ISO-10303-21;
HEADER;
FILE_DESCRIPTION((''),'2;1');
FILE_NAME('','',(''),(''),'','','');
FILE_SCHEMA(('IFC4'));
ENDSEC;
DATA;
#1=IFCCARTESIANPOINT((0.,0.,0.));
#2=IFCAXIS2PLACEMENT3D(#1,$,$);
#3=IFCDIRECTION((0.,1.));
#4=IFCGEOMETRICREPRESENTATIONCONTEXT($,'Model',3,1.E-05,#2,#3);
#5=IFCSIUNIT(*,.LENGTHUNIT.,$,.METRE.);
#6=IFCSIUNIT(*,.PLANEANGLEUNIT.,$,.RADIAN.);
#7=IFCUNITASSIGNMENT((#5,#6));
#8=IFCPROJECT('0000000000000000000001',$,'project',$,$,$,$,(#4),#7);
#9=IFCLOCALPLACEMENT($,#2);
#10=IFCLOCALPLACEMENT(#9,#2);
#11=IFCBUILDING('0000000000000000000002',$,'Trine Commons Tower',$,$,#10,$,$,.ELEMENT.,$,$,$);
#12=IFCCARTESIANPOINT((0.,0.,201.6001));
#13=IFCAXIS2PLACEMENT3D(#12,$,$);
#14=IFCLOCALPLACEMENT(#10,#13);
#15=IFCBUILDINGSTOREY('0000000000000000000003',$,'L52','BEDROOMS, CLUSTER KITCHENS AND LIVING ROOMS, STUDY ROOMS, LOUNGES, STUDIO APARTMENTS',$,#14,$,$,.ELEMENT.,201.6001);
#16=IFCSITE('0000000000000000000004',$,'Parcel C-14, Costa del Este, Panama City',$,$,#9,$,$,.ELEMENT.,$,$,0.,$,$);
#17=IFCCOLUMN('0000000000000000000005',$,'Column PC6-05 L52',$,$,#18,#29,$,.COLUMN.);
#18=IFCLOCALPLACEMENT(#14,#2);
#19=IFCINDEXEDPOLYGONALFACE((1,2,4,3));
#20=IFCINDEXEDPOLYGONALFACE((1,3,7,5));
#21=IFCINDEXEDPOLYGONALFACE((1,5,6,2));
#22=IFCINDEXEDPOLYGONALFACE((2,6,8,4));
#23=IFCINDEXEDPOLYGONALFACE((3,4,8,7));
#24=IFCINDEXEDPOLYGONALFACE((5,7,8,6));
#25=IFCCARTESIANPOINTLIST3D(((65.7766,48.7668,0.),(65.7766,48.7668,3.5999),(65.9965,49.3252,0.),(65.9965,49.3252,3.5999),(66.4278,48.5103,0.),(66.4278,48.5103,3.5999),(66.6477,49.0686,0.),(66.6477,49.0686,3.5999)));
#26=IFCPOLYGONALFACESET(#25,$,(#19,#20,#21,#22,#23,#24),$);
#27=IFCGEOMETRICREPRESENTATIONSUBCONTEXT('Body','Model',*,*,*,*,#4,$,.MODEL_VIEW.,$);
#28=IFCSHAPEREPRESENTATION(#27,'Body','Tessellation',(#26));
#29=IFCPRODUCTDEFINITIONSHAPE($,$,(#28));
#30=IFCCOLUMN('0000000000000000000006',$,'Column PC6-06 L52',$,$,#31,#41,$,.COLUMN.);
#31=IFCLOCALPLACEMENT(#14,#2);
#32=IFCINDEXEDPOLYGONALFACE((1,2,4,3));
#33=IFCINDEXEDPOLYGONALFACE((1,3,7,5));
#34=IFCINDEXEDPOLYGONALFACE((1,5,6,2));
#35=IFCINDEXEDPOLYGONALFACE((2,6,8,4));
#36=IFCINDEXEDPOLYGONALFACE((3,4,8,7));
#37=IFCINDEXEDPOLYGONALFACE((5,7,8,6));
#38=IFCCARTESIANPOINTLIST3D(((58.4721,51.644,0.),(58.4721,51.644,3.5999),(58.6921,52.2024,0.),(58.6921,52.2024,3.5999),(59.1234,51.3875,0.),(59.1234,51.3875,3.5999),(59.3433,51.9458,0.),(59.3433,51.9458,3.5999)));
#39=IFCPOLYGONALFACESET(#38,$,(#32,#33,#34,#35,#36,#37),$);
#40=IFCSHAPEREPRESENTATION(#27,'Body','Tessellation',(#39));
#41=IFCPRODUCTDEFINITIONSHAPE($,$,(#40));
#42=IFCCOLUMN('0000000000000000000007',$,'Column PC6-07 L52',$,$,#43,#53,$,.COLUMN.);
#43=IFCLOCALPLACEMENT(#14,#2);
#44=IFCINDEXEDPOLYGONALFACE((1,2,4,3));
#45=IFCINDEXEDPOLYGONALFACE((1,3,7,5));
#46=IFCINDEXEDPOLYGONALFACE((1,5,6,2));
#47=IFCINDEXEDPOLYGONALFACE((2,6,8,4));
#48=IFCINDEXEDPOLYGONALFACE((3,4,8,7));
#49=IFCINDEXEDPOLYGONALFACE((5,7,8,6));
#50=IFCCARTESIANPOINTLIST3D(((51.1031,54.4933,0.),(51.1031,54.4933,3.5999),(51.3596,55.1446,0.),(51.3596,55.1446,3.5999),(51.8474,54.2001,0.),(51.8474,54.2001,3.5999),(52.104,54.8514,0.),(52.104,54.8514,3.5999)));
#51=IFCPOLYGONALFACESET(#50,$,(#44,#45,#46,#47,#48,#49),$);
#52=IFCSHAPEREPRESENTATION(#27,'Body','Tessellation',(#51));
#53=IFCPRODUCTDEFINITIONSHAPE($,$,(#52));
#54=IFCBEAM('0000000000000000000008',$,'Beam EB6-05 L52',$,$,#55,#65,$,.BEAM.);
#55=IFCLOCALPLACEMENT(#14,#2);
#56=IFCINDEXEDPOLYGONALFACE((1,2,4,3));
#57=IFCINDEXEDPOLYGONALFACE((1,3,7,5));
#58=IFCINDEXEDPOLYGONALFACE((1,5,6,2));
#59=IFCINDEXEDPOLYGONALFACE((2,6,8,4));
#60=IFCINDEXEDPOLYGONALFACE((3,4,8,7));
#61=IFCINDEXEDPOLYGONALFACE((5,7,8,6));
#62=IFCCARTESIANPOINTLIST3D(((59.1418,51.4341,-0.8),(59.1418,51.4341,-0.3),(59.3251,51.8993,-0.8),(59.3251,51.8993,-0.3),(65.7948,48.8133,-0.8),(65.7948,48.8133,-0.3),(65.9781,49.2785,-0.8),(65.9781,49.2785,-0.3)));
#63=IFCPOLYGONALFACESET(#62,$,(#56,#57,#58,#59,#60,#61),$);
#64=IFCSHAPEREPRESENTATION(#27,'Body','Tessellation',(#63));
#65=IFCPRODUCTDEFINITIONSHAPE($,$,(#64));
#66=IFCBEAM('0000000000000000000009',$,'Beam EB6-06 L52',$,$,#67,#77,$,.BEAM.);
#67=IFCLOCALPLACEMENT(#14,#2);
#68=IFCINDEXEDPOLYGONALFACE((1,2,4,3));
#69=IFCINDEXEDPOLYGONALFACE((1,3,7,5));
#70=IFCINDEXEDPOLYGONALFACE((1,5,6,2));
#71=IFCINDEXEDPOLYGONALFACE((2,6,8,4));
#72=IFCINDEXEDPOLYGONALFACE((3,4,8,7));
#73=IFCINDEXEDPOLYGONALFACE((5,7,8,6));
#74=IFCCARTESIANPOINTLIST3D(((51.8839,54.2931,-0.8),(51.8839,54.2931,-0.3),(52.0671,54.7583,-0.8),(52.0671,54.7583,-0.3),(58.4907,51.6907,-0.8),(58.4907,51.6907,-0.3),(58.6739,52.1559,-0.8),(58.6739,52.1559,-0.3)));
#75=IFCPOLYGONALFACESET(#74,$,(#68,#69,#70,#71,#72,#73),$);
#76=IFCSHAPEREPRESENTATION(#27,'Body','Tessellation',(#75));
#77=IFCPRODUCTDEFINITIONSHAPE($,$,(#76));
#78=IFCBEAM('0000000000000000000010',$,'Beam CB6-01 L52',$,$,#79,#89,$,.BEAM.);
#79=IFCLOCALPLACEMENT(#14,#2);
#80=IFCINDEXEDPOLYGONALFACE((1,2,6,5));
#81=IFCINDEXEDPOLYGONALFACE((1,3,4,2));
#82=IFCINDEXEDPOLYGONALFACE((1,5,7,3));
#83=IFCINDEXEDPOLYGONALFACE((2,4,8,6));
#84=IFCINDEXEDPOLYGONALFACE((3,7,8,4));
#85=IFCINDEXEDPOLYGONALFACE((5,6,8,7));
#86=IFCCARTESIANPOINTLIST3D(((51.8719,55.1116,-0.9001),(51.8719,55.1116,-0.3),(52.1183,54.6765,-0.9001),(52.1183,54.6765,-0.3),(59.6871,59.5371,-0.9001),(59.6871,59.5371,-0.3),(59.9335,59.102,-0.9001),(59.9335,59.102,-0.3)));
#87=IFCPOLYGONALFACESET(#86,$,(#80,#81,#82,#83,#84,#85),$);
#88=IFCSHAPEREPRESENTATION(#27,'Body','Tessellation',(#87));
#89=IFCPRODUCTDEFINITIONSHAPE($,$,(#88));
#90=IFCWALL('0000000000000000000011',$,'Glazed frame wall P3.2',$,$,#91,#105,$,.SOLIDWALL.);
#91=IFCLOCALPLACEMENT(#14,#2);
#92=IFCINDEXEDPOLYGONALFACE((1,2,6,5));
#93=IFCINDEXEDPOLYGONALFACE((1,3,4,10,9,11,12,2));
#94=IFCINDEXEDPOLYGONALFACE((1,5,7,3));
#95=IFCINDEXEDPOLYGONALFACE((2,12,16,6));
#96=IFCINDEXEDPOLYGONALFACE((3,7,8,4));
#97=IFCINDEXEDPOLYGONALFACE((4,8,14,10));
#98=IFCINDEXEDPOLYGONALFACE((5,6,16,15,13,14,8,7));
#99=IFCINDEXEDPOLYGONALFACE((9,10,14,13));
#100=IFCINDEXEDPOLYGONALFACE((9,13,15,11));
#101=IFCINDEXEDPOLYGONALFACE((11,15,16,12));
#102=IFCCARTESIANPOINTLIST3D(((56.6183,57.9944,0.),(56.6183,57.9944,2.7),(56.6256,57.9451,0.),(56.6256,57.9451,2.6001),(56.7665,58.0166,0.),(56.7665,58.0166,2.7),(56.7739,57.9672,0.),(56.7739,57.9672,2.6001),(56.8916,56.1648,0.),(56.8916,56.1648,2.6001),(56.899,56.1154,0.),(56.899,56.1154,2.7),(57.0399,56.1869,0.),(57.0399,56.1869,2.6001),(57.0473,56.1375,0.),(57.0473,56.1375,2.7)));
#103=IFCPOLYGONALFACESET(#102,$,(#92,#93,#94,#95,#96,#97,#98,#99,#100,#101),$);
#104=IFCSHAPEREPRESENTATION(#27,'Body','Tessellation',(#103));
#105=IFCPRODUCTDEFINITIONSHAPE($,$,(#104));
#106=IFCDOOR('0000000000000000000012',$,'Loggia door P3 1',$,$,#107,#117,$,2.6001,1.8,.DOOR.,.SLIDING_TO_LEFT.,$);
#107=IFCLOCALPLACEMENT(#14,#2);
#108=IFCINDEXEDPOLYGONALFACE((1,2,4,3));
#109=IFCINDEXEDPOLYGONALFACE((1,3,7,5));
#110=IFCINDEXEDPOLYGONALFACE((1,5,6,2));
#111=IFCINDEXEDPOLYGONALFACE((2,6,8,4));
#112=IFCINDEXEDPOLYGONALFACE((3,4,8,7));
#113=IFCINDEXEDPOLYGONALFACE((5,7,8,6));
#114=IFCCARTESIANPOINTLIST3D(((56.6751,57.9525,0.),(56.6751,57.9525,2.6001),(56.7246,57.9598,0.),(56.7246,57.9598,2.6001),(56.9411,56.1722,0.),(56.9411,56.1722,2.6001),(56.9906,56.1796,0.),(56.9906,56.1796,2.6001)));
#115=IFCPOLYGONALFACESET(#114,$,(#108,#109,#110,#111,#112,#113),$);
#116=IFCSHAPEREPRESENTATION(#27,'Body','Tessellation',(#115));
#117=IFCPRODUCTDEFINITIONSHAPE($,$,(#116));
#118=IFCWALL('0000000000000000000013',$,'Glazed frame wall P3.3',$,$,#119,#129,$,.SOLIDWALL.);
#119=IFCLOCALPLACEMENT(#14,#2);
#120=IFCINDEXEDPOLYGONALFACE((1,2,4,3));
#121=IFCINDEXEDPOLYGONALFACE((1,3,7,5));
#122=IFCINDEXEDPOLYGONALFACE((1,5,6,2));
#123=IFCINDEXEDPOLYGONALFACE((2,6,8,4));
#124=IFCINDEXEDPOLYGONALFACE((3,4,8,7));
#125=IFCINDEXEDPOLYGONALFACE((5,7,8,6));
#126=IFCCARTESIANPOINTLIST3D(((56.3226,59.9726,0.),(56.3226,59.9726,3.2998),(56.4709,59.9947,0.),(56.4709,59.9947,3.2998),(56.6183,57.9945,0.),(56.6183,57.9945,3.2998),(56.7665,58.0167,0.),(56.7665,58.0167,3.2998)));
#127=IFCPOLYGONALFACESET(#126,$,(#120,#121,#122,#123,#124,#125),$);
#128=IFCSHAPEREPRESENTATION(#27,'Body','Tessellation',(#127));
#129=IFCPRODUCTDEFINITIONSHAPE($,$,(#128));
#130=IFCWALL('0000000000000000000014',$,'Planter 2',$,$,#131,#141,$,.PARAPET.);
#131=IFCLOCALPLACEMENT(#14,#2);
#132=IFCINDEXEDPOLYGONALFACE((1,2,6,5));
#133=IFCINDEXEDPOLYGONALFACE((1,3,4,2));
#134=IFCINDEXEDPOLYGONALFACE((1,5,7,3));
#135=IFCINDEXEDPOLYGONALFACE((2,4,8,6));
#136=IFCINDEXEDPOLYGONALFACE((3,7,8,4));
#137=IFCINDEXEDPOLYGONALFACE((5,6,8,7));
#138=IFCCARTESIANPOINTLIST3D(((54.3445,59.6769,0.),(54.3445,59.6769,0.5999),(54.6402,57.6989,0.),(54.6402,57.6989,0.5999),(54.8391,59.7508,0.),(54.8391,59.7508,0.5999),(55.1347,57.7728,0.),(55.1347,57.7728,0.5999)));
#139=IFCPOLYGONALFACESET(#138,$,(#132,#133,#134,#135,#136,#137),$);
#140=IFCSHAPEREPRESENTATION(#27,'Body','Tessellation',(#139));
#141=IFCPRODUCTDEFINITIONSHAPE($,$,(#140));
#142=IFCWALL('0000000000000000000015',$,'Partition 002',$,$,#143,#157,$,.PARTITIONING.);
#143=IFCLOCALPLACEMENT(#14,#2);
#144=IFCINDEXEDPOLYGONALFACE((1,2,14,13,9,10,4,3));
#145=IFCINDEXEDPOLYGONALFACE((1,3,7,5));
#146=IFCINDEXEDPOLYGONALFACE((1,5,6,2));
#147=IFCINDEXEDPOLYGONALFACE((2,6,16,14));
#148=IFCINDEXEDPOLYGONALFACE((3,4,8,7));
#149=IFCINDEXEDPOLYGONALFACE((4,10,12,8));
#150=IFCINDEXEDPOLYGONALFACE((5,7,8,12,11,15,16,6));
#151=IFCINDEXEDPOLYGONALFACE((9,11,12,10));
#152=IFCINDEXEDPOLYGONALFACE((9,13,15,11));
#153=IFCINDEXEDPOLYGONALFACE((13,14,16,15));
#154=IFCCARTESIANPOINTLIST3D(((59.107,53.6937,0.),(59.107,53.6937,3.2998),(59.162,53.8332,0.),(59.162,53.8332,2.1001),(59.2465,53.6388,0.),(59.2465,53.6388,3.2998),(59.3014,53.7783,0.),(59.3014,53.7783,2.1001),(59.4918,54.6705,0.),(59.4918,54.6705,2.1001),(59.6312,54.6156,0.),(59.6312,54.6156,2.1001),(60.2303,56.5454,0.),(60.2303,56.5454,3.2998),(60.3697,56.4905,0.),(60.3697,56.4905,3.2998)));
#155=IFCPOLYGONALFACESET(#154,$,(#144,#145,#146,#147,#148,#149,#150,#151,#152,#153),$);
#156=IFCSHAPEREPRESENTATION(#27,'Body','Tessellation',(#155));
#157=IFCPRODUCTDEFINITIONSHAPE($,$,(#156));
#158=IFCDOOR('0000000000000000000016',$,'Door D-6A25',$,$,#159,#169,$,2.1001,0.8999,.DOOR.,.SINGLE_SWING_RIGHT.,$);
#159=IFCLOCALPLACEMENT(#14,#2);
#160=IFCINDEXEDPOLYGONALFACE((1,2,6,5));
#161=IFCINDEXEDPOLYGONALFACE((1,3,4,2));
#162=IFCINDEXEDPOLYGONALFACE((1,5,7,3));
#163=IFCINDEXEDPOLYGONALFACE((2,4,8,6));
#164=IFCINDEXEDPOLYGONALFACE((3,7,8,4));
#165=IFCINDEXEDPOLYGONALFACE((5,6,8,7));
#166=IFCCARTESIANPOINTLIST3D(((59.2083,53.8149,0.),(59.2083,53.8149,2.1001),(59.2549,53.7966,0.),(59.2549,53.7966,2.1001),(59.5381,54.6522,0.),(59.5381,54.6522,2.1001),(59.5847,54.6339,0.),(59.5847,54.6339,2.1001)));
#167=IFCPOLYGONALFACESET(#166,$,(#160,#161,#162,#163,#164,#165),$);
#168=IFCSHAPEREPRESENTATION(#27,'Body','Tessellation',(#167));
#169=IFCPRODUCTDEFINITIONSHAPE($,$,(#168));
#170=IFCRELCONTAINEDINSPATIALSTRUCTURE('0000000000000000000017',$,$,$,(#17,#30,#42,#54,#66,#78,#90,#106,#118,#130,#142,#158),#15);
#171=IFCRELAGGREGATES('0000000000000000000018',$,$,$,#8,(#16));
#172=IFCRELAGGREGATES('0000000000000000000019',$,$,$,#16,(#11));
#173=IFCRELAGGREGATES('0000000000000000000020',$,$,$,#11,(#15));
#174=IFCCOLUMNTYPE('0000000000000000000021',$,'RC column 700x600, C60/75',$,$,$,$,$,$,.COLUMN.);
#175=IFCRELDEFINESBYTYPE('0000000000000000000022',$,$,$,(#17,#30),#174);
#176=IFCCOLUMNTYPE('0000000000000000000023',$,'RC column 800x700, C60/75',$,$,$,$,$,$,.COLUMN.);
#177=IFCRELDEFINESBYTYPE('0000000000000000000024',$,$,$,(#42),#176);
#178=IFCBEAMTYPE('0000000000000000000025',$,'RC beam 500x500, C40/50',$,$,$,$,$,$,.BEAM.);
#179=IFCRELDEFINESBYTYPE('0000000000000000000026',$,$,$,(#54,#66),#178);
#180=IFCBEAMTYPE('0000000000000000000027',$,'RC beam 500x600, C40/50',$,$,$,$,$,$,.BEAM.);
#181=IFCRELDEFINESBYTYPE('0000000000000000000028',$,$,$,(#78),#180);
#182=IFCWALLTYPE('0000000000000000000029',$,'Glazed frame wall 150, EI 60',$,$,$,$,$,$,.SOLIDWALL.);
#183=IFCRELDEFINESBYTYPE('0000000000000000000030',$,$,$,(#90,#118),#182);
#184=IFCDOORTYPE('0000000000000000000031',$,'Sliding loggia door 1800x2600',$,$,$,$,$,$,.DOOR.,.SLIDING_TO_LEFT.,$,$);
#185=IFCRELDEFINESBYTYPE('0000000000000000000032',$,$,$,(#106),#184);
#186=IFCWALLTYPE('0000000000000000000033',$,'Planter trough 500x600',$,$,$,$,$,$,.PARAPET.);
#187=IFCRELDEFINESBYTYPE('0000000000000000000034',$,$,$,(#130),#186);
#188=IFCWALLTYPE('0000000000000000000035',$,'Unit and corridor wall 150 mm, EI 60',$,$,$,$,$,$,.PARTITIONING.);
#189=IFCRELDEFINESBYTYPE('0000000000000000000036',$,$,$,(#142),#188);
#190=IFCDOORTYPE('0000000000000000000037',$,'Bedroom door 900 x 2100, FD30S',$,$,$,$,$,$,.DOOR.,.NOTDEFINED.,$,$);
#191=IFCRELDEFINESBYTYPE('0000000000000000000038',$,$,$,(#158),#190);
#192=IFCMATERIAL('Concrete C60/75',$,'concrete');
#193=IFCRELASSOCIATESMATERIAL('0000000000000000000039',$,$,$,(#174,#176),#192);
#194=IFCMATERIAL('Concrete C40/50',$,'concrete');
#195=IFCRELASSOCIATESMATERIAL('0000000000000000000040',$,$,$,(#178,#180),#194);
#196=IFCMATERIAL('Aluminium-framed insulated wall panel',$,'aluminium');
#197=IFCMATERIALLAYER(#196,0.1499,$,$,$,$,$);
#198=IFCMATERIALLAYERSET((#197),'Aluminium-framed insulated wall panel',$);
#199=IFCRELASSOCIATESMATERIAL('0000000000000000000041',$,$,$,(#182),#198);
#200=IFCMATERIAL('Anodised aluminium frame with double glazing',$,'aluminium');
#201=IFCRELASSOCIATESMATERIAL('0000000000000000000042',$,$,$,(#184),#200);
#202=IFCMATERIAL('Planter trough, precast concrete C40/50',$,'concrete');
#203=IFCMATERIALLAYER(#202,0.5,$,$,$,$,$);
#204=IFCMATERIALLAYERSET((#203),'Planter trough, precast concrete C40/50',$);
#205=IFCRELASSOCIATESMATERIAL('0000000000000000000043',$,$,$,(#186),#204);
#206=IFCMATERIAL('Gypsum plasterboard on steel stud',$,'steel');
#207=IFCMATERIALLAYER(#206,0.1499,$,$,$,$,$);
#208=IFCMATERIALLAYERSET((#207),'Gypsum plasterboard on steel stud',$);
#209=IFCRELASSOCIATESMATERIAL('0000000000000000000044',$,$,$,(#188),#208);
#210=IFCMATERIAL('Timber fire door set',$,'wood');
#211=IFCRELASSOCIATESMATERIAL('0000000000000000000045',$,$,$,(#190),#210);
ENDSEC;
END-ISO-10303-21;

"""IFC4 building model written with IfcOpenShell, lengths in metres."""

from ifc_helpers import new_model, si_unit, direction, frame, frame_2d, origin, origin_2d, place, context, subcontext, project, spatial, polyline, rectangle, outline, extrude, material, layer, layer_set, material_profile, profile_set, type_object, element, fill, save


model = new_model("IFC4")

# Units and contexts
model_context = context("Model", 3, precision=1e-05, world=origin(), true_north=direction((0.0, 1.0)))
body_context = subcontext(model_context, "Body", "Model", "MODEL_VIEW")
ifc_project = project(units=[si_unit("LENGTHUNIT", "METRE"), si_unit("PLANEANGLEUNIT", "RADIAN")], contexts=[model_context])

# Site, building, storey
site_placement = place(None, origin())
site = spatial("IfcSite", under=ifc_project, at=site_placement, Name="Parcel C-14, Costa del Este, Panama City", CompositionType="ELEMENT", RefElevation=0.0)
building_placement = place(site_placement, origin())
building = spatial("IfcBuilding", under=site, at=building_placement, Name="Trine Commons Tower", CompositionType="ELEMENT")
storey_placement = place(building_placement, frame((0.0, 0.0, 201.6001)))
storey = spatial("IfcBuildingStorey", under=building, at=storey_placement, Name="L52", Description="BEDROOMS, CLUSTER KITCHENS AND LIVING ROOMS, STUDY ROOMS, LOUNGES, STUDIO APARTMENTS", CompositionType="ELEMENT", Elevation=201.6001)

# Columns
ifc_material_1 = material(Name="Concrete C60/75", Category="concrete")
ifc_material_profile_1 = material_profile(ifc_material_1, rectangle(XDim=0.7, YDim=0.6001, at=origin_2d()), Name="RC 700x600")
ifc_profile_set_1 = profile_set([ifc_material_profile_1], Name="Concrete C60/75")
column_type_1 = type_object("IfcColumnType", Name="RC column 700x600, C60/75", PredefinedType="COLUMN", material=ifc_profile_set_1)
for number, where, z_axis, x_axis, name in (
    (1, (66.2122, 48.9177, 0.0), (0.0, 0.0, 1.0), (-0.930418, 0.366501, 0.0), "Column PC6-05 L52"),
    (2, (58.9077, 51.7949, 0.0), (0.0, 0.0, 1.0), (-0.930418, 0.366501, 0.0), "Column PC6-06 L52"),
):
    element("IfcColumn", number, at=place(storey_placement, frame(where, z_axis=z_axis, x_axis=x_axis)), inside=storey, type_object=column_type_1, Name=name, PredefinedType="COLUMN", context=body_context, shape_type="SweptSolid", body=[
        extrude(rectangle(XDim=0.7, YDim=0.6001, at=origin_2d()), origin(), (0.0, 0.0, 1.0), 3.5999),
    ])
ifc_material_profile_2 = material_profile(ifc_material_1, rectangle(XDim=0.8, YDim=0.7, at=origin_2d()), Name="RC 800x700")
ifc_profile_set_2 = profile_set([ifc_material_profile_2], Name="Concrete C60/75")
column_type_2 = type_object("IfcColumnType", Name="RC column 800x700, C60/75", PredefinedType="COLUMN", material=ifc_profile_set_2)
column_placement = place(storey_placement, frame((51.6035, 54.6724, 0.0), z_axis=(0.0, 0.0, 1.0), x_axis=(-0.930418, 0.366501, 0.0)))
element("IfcColumn", 3, at=column_placement, inside=storey, type_object=column_type_2, Name="Column PC6-07 L52", PredefinedType="COLUMN", context=body_context, shape_type="SweptSolid", body=[
    extrude(rectangle(XDim=0.8, YDim=0.7, at=origin_2d()), origin(), (0.0, 0.0, 1.0), 3.5999),
])

# Beams
ifc_material_2 = material(Name="Concrete C40/50", Category="concrete")
ifc_material_profile_3 = material_profile(ifc_material_2, rectangle(XDim=0.5, YDim=0.5, at=origin_2d()), Name="RC 500x500")
ifc_profile_set_3 = profile_set([ifc_material_profile_3], Name="Concrete C40/50")
beam_type_1 = type_object("IfcBeamType", Name="RC beam 500x500, C40/50", PredefinedType="BEAM", material=ifc_profile_set_3)
beam_1_placement = place(storey_placement, frame((65.8865, 49.0459, -0.55), z_axis=(-0.930411, 0.366517, 0.0), x_axis=(-0.366517, -0.930411, 0.0)))
element("IfcBeam", 4, at=beam_1_placement, inside=storey, type_object=beam_type_1, Name="Beam EB6-05 L52", PredefinedType="BEAM", context=body_context, shape_type="SweptSolid", body=[
    extrude(rectangle(XDim=0.5, YDim=0.5, at=origin_2d()), origin(), (0.0, 0.0, 1.0), 7.1506),
])
beam_2_placement = place(storey_placement, frame((58.5823, 51.9233, -0.55), z_axis=(-0.930425, 0.366483, 0.0), x_axis=(-0.366483, -0.930425, 0.0)))
element("IfcBeam", 5, at=beam_2_placement, inside=storey, type_object=beam_type_1, Name="Beam EB6-06 L52", PredefinedType="BEAM", context=body_context, shape_type="SweptSolid", body=[
    extrude(rectangle(XDim=0.5, YDim=0.5, at=origin_2d()), origin(), (0.0, 0.0, 1.0), 7.1008),
])
ifc_material_profile_4 = material_profile(ifc_material_2, rectangle(XDim=0.5, YDim=0.6001, at=origin_2d()), Name="RC 500x600")
ifc_profile_set_4 = profile_set([ifc_material_profile_4], Name="Concrete C40/50")
beam_type_2 = type_object("IfcBeamType", Name="RC beam 500x600, C40/50", PredefinedType="BEAM", material=ifc_profile_set_4)
beam_3_placement = place(storey_placement, frame((51.9951, 54.894, -0.6001), z_axis=(0.870169, 0.492754, 0.0), x_axis=(-0.492754, 0.870169, 0.0)))
element("IfcBeam", 6, at=beam_3_placement, inside=storey, type_object=beam_type_2, Name="Beam CB6-01 L52", PredefinedType="BEAM", context=body_context, shape_type="SweptSolid", body=[
    extrude(rectangle(XDim=0.5, YDim=0.6001, at=origin_2d()), origin(), (0.0, 0.0, 1.0), 8.9812),
])

# Shared definitions
ifc_material_3 = material(Name="Aluminium-framed insulated wall panel", Category="aluminium")
ifc_layer_1 = layer(ifc_material_3, 0.1499)
ifc_layer_set_1 = layer_set([ifc_layer_1], Name="Aluminium-framed insulated wall panel")
wall_type_1 = type_object("IfcWallType", Name="Glazed frame wall 150, EI 60", PredefinedType="SOLIDWALL", material=ifc_layer_set_1)

# Wall, opening, door
wall_1_placement = place(storey_placement, frame((56.9731, 56.1265, 0.0), z_axis=(0.0, 0.0, 1.0), x_axis=(-0.147769, 0.989022, 0.0)))
wall_1 = element("IfcWall", 7, at=wall_1_placement, inside=storey, type_object=wall_type_1, Name="Glazed frame wall P3.2", PredefinedType="SOLIDWALL", context=body_context, shape_type="SweptSolid", body=[
    extrude(outline(polyline([(0.0, -0.075), (1.8999, -0.075), (1.8999, 0.075), (0.0, 0.075), (0.0, -0.075)])), origin(), (0.0, 0.0, 1.0), 2.7),
])
opening_1_placement = place(wall_1_placement, frame((0.05, 0.0, 0.0)))
opening_1 = element("IfcOpeningElement", 8, at=opening_1_placement, cuts=wall_1, PredefinedType="OPENING", context=body_context, shape_type="SweptSolid", body=[
    extrude(rectangle(XDim=1.8, YDim=2.6001, at=frame_2d((0.8999, 1.3))), frame((0.0, 0.085, 0.0), z_axis=(0.0, -1.0, 0.0), x_axis=(1.0, 0.0, 0.0)), (0.0, 0.0, 1.0), 0.1699),
])
ifc_material_4 = material(Name="Anodised aluminium frame with double glazing", Category="aluminium")
door_type_1 = type_object("IfcDoorType", Name="Sliding loggia door 1800x2600", OperationType="SLIDING_TO_LEFT", PredefinedType="DOOR", material=ifc_material_4)
door_1_placement = place(opening_1_placement, origin())
door_1 = element("IfcDoor", 9, at=door_1_placement, inside=storey, type_object=door_type_1, Name="Loggia door P3 1", OperationType="SLIDING_TO_LEFT", OverallHeight=2.6001, OverallWidth=1.8, PredefinedType="DOOR", context=body_context, shape_type="SweptSolid", body=[
    extrude(rectangle(XDim=1.8, YDim=2.6001, at=frame_2d((0.8999, 1.3))), frame((0.0, 0.0249, 0.0), z_axis=(0.0, -1.0, 0.0), x_axis=(1.0, 0.0, 0.0)), (0.0, 0.0, 1.0), 0.05),
])
fill(opening_1, door_1)

# Walls
wall_2_placement = place(storey_placement, frame((56.6924, 58.0056, 0.0), z_axis=(0.0, 0.0, 1.0), x_axis=(-0.147827, 0.989013, 0.0)))
element("IfcWall", 10, at=wall_2_placement, inside=storey, type_object=wall_type_1, Name="Glazed frame wall P3.3", PredefinedType="SOLIDWALL", context=body_context, shape_type="SweptSolid", body=[
    extrude(outline(polyline([(0.0, -0.075), (2.0, -0.075), (2.0, 0.075), (0.0, 0.075), (0.0, -0.075)])), origin(), (0.0, 0.0, 1.0), 3.2998),
])
ifc_material_5 = material(Name="Planter trough, precast concrete C40/50", Category="concrete")
ifc_layer_2 = layer(ifc_material_5, 0.5)
ifc_layer_set_2 = layer_set([ifc_layer_2], Name="Planter trough, precast concrete C40/50")
wall_type_2 = type_object("IfcWallType", Name="Planter trough 500x600", PredefinedType="PARAPET", material=ifc_layer_set_2)
wall_3_placement = place(storey_placement, frame((54.8875, 57.7358, 0.0), z_axis=(0.0, 0.0, 1.0), x_axis=(-0.147827, 0.989013, 0.0)))
element("IfcWall", 11, at=wall_3_placement, inside=storey, type_object=wall_type_2, Name="Planter 2", PredefinedType="PARAPET", context=body_context, shape_type="SweptSolid", body=[
    extrude(rectangle(XDim=2.0, YDim=0.5, at=frame_2d((1.0, 0.0))), origin(), (0.0, 0.0, 1.0), 0.5999),
])

# Wall, opening, door
ifc_material_6 = material(Name="Gypsum plasterboard on steel stud", Category="steel")
ifc_layer_3 = layer(ifc_material_6, 0.1499)
ifc_layer_set_3 = layer_set([ifc_layer_3], Name="Gypsum plasterboard on steel stud")
wall_type_3 = type_object("IfcWallType", Name="Unit and corridor wall 150 mm, EI 60", PredefinedType="PARTITIONING", material=ifc_layer_set_3)
wall_4_placement = place(storey_placement, frame((59.1768, 53.6663, 0.0), z_axis=(0.0, 0.0, 1.0), x_axis=(0.366483, 0.930425, 0.0)))
wall_4 = element("IfcWall", 12, at=wall_4_placement, inside=storey, type_object=wall_type_3, Name="Partition 002", PredefinedType="PARTITIONING", context=body_context, shape_type="SweptSolid", body=[
    extrude(rectangle(XDim=3.0649, YDim=0.1499, at=frame_2d((1.5325, 0.0))), origin(), (0.0, 0.0, 1.0), 3.2998),
])
opening_2_placement = place(wall_4_placement, frame((0.1499, 0.0, 0.0)))
opening_2 = element("IfcOpeningElement", 13, at=opening_2_placement, cuts=wall_4, PredefinedType="OPENING", context=body_context, shape_type="SweptSolid", body=[
    extrude(rectangle(XDim=0.8999, YDim=2.1001, at=frame_2d((0.45, 1.05))), frame((0.0, 0.085, 0.0), z_axis=(0.0, -1.0, 0.0), x_axis=(1.0, 0.0, 0.0)), (0.0, 0.0, 1.0), 0.1699),
])
ifc_material_7 = material(Name="Timber fire door set", Category="wood")
door_type_2 = type_object("IfcDoorType", Name="Bedroom door 900 x 2100, FD30S", OperationType="NOTDEFINED", PredefinedType="DOOR", material=ifc_material_7)
door_2_placement = place(opening_2_placement, frame((0.8999, 0.0, 0.0), z_axis=(0.0, 0.0, 1.0), x_axis=(-1.0, 0.0, 0.0)))
door_2 = element("IfcDoor", 14, at=door_2_placement, inside=storey, type_object=door_type_2, Name="Door D-6A25", OperationType="SINGLE_SWING_RIGHT", OverallHeight=2.1001, OverallWidth=0.8999, PredefinedType="DOOR", context=body_context, shape_type="SweptSolid", body=[
    extrude(rectangle(XDim=0.8999, YDim=2.1001, at=frame_2d((0.45, 1.05))), frame((0.0, 0.0249, 0.0), z_axis=(0.0, -1.0, 0.0), x_axis=(1.0, 0.0, 0.0)), (0.0, 0.0, 1.0), 0.05),
])
fill(opening_2, door_2)

save(model, "model.ifc")
